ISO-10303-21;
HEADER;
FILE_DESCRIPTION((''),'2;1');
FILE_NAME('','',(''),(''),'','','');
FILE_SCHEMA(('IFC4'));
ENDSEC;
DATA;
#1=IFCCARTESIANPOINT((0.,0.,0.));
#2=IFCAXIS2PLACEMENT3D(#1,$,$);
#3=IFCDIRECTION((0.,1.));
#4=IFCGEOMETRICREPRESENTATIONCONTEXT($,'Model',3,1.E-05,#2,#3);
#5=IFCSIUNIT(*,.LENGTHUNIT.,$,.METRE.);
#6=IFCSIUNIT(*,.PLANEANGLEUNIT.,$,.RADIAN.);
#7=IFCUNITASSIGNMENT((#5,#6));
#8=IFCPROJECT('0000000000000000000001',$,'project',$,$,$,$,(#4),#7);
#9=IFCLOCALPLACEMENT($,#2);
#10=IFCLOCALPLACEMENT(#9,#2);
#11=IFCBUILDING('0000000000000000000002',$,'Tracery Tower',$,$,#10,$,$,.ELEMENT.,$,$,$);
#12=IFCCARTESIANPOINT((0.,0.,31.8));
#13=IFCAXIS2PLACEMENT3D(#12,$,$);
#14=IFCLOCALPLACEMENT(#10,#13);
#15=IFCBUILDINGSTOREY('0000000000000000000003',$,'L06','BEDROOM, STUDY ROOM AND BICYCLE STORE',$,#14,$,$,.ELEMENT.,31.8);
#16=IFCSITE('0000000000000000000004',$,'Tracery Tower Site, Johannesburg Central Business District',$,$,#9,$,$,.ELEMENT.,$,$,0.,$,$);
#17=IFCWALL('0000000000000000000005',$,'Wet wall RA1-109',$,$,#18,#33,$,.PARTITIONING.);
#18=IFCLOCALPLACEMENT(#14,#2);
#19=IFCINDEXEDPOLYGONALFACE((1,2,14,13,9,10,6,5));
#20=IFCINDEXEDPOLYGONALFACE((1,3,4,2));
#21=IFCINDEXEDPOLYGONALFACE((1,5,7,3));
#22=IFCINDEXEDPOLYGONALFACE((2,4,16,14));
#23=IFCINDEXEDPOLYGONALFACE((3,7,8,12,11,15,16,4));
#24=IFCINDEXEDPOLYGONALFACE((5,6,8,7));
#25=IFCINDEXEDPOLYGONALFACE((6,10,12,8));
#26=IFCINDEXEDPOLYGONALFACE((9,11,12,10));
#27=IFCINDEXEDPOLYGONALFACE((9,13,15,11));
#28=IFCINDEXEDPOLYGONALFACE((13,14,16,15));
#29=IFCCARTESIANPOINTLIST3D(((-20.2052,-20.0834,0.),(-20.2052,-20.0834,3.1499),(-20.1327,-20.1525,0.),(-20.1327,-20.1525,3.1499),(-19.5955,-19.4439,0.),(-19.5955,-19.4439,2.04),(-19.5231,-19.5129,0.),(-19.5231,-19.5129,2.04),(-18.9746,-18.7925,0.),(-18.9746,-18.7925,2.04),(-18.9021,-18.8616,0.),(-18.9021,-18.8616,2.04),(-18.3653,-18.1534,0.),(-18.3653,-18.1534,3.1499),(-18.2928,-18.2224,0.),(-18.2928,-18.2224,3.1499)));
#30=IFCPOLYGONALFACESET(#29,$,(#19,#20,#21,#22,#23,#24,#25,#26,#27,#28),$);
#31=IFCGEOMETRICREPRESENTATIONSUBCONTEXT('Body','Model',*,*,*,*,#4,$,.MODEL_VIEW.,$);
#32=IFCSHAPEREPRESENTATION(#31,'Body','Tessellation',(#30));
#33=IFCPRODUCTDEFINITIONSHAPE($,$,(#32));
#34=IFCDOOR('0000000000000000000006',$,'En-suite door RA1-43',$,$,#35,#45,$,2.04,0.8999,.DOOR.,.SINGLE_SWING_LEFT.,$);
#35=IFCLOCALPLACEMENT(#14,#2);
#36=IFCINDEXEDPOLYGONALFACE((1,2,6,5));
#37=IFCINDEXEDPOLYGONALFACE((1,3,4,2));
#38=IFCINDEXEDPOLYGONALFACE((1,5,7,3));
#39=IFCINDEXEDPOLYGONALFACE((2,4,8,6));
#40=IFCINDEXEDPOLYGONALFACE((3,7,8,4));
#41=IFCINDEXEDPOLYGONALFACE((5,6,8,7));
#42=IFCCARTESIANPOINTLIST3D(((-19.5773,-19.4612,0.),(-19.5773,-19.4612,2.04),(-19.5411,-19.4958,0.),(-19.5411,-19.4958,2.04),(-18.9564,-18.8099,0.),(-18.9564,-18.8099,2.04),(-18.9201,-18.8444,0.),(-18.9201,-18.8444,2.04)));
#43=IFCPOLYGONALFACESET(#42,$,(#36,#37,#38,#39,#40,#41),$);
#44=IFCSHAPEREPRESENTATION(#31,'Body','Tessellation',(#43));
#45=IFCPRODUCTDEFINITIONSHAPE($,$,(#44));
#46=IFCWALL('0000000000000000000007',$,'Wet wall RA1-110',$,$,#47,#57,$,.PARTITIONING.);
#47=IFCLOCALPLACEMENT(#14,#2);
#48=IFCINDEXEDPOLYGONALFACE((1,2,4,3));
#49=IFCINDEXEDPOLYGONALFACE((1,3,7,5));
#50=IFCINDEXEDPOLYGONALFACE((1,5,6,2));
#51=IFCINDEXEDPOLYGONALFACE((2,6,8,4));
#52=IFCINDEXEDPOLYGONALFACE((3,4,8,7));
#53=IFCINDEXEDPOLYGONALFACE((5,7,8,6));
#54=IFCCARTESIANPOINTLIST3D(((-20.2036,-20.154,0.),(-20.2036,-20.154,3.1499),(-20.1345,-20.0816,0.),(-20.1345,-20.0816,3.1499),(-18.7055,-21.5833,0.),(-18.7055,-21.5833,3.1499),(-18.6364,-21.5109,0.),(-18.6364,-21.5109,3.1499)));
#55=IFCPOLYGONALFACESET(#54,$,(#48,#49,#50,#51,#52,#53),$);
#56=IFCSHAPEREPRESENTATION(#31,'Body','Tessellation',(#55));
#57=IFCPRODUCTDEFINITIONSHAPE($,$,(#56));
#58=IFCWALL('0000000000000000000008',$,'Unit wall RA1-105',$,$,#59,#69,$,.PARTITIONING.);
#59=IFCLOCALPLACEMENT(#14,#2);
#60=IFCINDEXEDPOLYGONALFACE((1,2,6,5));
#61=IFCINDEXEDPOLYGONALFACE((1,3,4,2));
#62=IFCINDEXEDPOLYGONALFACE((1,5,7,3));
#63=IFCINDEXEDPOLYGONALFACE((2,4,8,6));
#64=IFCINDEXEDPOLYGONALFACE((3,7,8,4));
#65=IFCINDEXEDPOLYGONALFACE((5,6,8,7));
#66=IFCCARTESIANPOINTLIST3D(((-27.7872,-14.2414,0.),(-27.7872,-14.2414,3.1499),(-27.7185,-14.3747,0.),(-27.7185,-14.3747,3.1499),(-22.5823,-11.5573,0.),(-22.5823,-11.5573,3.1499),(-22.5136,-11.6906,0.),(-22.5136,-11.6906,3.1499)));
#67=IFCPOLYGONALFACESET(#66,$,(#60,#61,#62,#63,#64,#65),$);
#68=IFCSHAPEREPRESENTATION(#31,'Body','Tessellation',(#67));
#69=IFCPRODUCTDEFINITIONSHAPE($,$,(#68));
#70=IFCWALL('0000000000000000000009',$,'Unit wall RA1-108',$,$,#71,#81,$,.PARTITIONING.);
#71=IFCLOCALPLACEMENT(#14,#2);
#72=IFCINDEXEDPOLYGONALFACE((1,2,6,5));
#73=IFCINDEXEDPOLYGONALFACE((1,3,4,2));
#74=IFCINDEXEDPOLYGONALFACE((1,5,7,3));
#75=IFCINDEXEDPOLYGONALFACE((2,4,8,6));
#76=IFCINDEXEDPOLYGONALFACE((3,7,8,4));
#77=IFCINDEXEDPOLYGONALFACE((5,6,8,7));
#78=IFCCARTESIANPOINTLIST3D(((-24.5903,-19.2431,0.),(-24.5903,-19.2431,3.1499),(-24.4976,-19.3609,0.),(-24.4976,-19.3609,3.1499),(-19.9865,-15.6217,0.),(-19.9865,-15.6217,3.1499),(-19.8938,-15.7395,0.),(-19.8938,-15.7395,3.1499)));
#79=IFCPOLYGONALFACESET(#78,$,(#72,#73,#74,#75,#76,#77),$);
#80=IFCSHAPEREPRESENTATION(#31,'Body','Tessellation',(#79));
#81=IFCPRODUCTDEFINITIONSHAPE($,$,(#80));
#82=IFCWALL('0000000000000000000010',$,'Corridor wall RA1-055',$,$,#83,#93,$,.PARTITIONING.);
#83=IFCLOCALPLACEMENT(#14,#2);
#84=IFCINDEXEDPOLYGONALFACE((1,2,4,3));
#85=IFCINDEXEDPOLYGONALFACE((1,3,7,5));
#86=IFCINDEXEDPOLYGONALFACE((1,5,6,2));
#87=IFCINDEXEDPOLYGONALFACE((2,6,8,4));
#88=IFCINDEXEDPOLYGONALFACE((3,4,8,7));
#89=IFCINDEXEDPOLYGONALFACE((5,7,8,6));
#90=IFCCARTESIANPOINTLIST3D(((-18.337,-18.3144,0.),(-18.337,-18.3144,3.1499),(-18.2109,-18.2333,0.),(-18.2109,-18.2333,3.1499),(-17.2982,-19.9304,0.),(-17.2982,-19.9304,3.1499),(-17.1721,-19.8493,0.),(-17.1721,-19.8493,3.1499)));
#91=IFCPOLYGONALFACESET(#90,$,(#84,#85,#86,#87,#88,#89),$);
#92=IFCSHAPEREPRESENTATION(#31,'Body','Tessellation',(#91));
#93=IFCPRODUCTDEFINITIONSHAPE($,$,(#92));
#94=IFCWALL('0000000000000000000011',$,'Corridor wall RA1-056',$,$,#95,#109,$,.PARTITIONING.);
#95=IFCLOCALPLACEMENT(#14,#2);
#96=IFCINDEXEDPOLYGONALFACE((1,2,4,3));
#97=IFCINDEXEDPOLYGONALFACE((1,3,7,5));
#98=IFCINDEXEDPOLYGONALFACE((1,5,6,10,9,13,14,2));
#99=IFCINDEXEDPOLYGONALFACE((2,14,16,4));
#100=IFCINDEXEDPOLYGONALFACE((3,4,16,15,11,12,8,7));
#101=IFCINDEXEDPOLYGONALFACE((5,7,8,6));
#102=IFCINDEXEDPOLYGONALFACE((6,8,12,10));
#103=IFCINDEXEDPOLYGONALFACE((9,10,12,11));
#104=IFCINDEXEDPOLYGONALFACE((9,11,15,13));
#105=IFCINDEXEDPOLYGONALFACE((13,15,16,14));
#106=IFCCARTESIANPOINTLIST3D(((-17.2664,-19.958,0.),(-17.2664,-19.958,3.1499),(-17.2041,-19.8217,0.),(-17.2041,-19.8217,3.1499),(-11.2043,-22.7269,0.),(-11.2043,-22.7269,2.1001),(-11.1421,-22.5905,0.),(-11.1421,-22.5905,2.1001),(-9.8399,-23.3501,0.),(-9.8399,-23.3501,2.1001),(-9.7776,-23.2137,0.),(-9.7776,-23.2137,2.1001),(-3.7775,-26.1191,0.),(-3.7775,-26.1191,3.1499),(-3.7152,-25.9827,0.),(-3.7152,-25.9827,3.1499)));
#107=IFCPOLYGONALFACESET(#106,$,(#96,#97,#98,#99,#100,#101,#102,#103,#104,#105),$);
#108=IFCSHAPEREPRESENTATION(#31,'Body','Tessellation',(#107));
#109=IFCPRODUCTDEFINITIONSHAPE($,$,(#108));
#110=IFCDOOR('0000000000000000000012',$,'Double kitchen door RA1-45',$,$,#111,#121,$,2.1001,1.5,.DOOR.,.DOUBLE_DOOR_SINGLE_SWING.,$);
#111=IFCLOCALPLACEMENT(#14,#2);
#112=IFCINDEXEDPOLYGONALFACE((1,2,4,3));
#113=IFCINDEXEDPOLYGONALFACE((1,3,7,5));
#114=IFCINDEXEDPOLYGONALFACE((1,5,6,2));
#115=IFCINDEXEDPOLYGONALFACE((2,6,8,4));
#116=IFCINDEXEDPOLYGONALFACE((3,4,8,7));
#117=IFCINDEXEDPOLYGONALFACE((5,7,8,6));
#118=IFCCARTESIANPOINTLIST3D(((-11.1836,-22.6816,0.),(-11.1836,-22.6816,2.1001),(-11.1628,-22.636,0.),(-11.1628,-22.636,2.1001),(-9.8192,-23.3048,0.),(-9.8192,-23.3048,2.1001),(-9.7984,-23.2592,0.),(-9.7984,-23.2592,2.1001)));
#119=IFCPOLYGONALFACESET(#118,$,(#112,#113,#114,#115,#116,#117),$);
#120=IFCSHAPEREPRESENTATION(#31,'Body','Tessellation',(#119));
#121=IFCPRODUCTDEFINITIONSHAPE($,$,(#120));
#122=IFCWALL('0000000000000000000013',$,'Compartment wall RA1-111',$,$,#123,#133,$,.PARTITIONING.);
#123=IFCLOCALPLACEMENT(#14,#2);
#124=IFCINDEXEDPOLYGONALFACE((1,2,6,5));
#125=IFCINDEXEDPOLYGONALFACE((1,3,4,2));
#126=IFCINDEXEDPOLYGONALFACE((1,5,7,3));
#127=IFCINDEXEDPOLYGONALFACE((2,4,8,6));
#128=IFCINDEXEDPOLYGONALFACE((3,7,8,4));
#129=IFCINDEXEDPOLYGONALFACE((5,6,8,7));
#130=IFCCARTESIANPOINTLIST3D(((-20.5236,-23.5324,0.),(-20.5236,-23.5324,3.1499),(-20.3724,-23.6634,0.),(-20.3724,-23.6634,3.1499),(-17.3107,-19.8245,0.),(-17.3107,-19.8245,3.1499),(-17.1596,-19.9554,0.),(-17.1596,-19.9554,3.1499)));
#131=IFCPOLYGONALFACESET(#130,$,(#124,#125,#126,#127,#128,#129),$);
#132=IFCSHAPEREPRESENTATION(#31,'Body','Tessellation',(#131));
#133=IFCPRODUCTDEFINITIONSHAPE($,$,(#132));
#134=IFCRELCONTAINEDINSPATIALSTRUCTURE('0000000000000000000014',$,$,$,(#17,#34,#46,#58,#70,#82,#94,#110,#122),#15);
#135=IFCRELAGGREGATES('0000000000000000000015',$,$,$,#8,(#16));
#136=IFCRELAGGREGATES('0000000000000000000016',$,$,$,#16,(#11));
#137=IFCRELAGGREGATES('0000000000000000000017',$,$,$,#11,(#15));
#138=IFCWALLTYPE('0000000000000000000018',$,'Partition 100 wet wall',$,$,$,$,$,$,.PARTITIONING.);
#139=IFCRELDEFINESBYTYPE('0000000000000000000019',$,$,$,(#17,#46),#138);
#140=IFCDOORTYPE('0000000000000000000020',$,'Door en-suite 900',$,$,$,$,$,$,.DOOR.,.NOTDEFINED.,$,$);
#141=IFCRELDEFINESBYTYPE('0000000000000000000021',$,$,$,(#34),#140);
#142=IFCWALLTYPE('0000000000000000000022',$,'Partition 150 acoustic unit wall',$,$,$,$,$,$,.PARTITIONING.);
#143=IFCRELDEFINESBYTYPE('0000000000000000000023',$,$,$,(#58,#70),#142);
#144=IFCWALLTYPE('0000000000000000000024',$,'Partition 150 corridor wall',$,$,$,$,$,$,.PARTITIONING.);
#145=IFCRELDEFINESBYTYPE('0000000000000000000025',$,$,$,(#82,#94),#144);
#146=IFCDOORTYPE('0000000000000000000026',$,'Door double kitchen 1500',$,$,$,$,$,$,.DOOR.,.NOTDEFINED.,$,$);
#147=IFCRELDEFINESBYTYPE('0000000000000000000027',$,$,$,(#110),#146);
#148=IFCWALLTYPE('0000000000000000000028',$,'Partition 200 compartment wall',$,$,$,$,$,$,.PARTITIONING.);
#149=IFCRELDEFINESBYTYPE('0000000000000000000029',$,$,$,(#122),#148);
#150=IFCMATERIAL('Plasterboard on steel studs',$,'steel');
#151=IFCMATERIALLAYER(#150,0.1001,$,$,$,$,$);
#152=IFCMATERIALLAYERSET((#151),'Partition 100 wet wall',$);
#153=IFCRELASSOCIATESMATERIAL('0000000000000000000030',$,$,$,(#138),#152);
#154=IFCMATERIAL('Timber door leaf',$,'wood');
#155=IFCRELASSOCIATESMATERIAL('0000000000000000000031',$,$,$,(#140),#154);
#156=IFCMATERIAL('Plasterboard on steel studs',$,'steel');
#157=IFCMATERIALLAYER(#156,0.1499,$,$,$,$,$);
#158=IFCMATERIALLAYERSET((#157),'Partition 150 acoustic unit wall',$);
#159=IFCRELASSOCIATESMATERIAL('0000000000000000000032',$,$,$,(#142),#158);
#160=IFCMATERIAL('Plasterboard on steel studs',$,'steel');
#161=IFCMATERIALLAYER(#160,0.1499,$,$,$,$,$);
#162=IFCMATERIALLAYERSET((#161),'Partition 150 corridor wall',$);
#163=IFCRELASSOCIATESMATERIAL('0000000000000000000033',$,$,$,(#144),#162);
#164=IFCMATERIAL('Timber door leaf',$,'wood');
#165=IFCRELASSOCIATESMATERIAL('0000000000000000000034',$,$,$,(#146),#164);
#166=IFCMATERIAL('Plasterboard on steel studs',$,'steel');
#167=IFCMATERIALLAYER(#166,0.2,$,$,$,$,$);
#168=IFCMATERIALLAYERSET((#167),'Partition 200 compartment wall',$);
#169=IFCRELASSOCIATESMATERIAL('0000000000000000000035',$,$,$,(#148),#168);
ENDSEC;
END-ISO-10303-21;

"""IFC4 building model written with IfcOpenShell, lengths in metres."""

from ifc_helpers import new_model, si_unit, direction, frame, frame_2d, origin, place, context, subcontext, project, spatial, rectangle, extrude, material, layer, layer_set, type_object, element, fill, save


model = new_model("IFC4")

# Units and contexts
model_context = context("Model", 3, precision=1e-05, world=origin(), true_north=direction((0.0, 1.0)))
body_context = subcontext(model_context, "Body", "Model", "MODEL_VIEW")
ifc_project = project(units=[si_unit("LENGTHUNIT", "METRE"), si_unit("PLANEANGLEUNIT", "RADIAN")], contexts=[model_context])

# Site, building, storey
site_placement = place(None, origin())
site = spatial("IfcSite", under=ifc_project, at=site_placement, Name="Tracery Tower Site, Johannesburg Central Business District", CompositionType="ELEMENT", RefElevation=0.0)
building_placement = place(site_placement, origin())
building = spatial("IfcBuilding", under=site, at=building_placement, Name="Tracery Tower", CompositionType="ELEMENT")
storey_placement = place(building_placement, frame((0.0, 0.0, 31.8)))
storey = spatial("IfcBuildingStorey", under=building, at=storey_placement, Name="L06", Description="BEDROOM, STUDY ROOM AND BICYCLE STORE", CompositionType="ELEMENT", Elevation=31.8)

# Shared definitions
ifc_material_1 = material(Name="Plasterboard on steel studs", Category="steel")
ifc_layer_1 = layer(ifc_material_1, 0.1001)
ifc_layer_set_1 = layer_set([ifc_layer_1], Name="Partition 100 wet wall")
wall_type_1 = type_object("IfcWallType", Name="Partition 100 wet wall", PredefinedType="PARTITIONING", material=ifc_layer_set_1)
ifc_material_2 = material(Name="Timber door leaf", Category="wood")
door_type_1 = type_object("IfcDoorType", Name="Door en-suite 900", OperationType="NOTDEFINED", PredefinedType="DOOR", material=ifc_material_2)

# Wall, opening, door
wall_1_placement = place(storey_placement, frame((-20.1689, -20.1179, 0.0), z_axis=(0.0, 0.0, 1.0), x_axis=(0.690012, 0.723798, 0.0)))
wall_1 = element("IfcWall", 1, at=wall_1_placement, inside=storey, type_object=wall_type_1, Name="Wet wall RA1-109", PredefinedType="PARTITIONING", context=body_context, shape_type="SweptSolid", body=[
    extrude(rectangle(XDim=2.6665, YDim=0.1001, at=frame_2d((1.3333, 0.0))), origin(), (0.0, 0.0, 1.0), 3.1499),
])
opening_1_placement = place(wall_1_placement, frame((0.8835, 0.0, 0.0)))
opening_1 = element("IfcOpeningElement", 2, at=opening_1_placement, cuts=wall_1, PredefinedType="OPENING", context=body_context, shape_type="SweptSolid", body=[
    extrude(rectangle(XDim=0.8999, YDim=2.04, at=frame_2d((0.45, 1.02))), frame((0.0, 0.05, 0.0), z_axis=(0.0, -1.0, 0.0), x_axis=(1.0, 0.0, 0.0)), (0.0, 0.0, 1.0), 0.1001),
])
door_1_placement = place(opening_1_placement, origin())
door_1 = element("IfcDoor", 3, at=door_1_placement, inside=storey, type_object=door_type_1, Name="En-suite door RA1-43", OperationType="SINGLE_SWING_LEFT", OverallHeight=2.04, OverallWidth=0.8999, PredefinedType="DOOR", context=body_context, shape_type="SweptSolid", body=[
    extrude(rectangle(XDim=0.8999, YDim=2.04, at=frame_2d((0.45, 1.02))), frame((0.0, 0.0249, 0.0), z_axis=(0.0, -1.0, 0.0), x_axis=(1.0, 0.0, 0.0)), (0.0, 0.0, 1.0), 0.05),
])
fill(opening_1, door_1)

# Walls
wall_2_placement = place(storey_placement, frame((-20.1689, -20.1179, 0.0), z_axis=(0.0, 0.0, 1.0), x_axis=(0.723538, -0.690285, 0.0)))
element("IfcWall", 4, at=wall_2_placement, inside=storey, type_object=wall_type_1, Name="Wet wall RA1-110", PredefinedType="PARTITIONING", context=body_context, shape_type="SweptSolid", body=[
    extrude(rectangle(XDim=2.0706, YDim=0.1001, at=frame_2d((1.0352, 0.0))), origin(), (0.0, 0.0, 1.0), 3.1499),
])
ifc_material_3 = material(Name="Plasterboard on steel studs", Category="steel")
ifc_layer_2 = layer(ifc_material_3, 0.1499)
ifc_layer_set_2 = layer_set([ifc_layer_2], Name="Partition 150 acoustic unit wall")
wall_type_2 = type_object("IfcWallType", Name="Partition 150 acoustic unit wall", PredefinedType="PARTITIONING", material=ifc_layer_set_2)
wall_3_placement = place(storey_placement, frame((-27.7529, -14.3081, 0.0), z_axis=(0.0, 0.0, 1.0), x_axis=(0.88878, 0.458335, 0.0)))
element("IfcWall", 5, at=wall_3_placement, inside=storey, type_object=wall_type_2, Name="Unit wall RA1-105", PredefinedType="PARTITIONING", context=body_context, shape_type="SweptSolid", body=[
    extrude(rectangle(XDim=5.8562, YDim=0.1499, at=frame_2d((2.9282, 0.0))), origin(), (0.0, 0.0, 1.0), 3.1499),
])
wall_4_placement = place(storey_placement, frame((-24.5439, -19.302, 0.0), z_axis=(0.0, 0.0, 1.0), x_axis=(0.785978, 0.618254, 0.0)))
element("IfcWall", 6, at=wall_4_placement, inside=storey, type_object=wall_type_2, Name="Unit wall RA1-108", PredefinedType="PARTITIONING", context=body_context, shape_type="SweptSolid", body=[
    extrude(rectangle(XDim=5.8574, YDim=0.1499, at=frame_2d((2.9287, 0.0))), origin(), (0.0, 0.0, 1.0), 3.1499),
])
ifc_material_4 = material(Name="Plasterboard on steel studs", Category="steel")
ifc_layer_3 = layer(ifc_material_4, 0.1499)
ifc_layer_set_3 = layer_set([ifc_layer_3], Name="Partition 150 corridor wall")
wall_type_3 = type_object("IfcWallType", Name="Partition 150 corridor wall", PredefinedType="PARTITIONING", material=ifc_layer_set_3)
wall_5_placement = place(storey_placement, frame((-18.2739, -18.2739, 0.0), z_axis=(0.0, 0.0, 1.0), x_axis=(0.540751, -0.841183, 0.0)))
element("IfcWall", 7, at=wall_5_placement, inside=storey, type_object=wall_type_3, Name="Corridor wall RA1-055", PredefinedType="PARTITIONING", context=body_context, shape_type="SweptSolid", body=[
    extrude(rectangle(XDim=1.9211, YDim=0.1499, at=frame_2d((0.9604, 0.0))), origin(), (0.0, 0.0, 1.0), 3.1499),
])

# Wall, opening, door
wall_6_placement = place(storey_placement, frame((-17.2351, -19.8899, 0.0), z_axis=(0.0, 0.0, 1.0), x_axis=(0.909609, -0.415466, 0.0)))
wall_6 = element("IfcWall", 8, at=wall_6_placement, inside=storey, type_object=wall_type_3, Name="Corridor wall RA1-056", PredefinedType="PARTITIONING", context=body_context, shape_type="SweptSolid", body=[
    extrude(rectangle(XDim=14.8293, YDim=0.1499, at=frame_2d((7.4146, 0.0))), origin(), (0.0, 0.0, 1.0), 3.1499),
])
opening_2_placement = place(wall_6_placement, frame((6.6643, 0.0, 0.0)))
opening_2 = element("IfcOpeningElement", 9, at=opening_2_placement, cuts=wall_6, PredefinedType="OPENING", context=body_context, shape_type="SweptSolid", body=[
    extrude(rectangle(XDim=1.5, YDim=2.1001, at=frame_2d((0.75, 1.05))), frame((0.0, 0.075, 0.0), z_axis=(0.0, -1.0, 0.0), x_axis=(1.0, 0.0, 0.0)), (0.0, 0.0, 1.0), 0.1499),
])
ifc_material_5 = material(Name="Timber door leaf", Category="wood")
door_type_2 = type_object("IfcDoorType", Name="Door double kitchen 1500", OperationType="NOTDEFINED", PredefinedType="DOOR", material=ifc_material_5)
door_2_placement = place(opening_2_placement, origin())
door_2 = element("IfcDoor", 10, at=door_2_placement, inside=storey, type_object=door_type_2, Name="Double kitchen door RA1-45", OperationType="DOUBLE_DOOR_SINGLE_SWING", OverallHeight=2.1001, OverallWidth=1.5, PredefinedType="DOOR", context=body_context, shape_type="SweptSolid", body=[
    extrude(rectangle(XDim=1.5, YDim=2.1001, at=frame_2d((0.75, 1.05))), frame((0.0, 0.0249, 0.0), z_axis=(0.0, -1.0, 0.0), x_axis=(1.0, 0.0, 0.0)), (0.0, 0.0, 1.0), 0.05),
])
fill(opening_2, door_2)

# Wall
ifc_material_6 = material(Name="Plasterboard on steel studs", Category="steel")
ifc_layer_4 = layer(ifc_material_6, 0.2)
ifc_layer_set_4 = layer_set([ifc_layer_4], Name="Partition 200 compartment wall")
wall_type_4 = type_object("IfcWallType", Name="Partition 200 compartment wall", PredefinedType="PARTITIONING", material=ifc_layer_set_4)
wall_7_placement = place(storey_placement, frame((-20.448, -23.5979, 0.0), z_axis=(0.0, 0.0, 1.0), x_axis=(0.654847, 0.755761, 0.0)))
element("IfcWall", 11, at=wall_7_placement, inside=storey, type_object=wall_type_4, Name="Compartment wall RA1-111", PredefinedType="PARTITIONING", context=body_context, shape_type="SweptSolid", body=[
    extrude(rectangle(XDim=4.9062, YDim=0.2, at=frame_2d((2.4531, 0.0))), origin(), (0.0, 0.0, 1.0), 3.1499),
])

save(model, "model.ifc")
